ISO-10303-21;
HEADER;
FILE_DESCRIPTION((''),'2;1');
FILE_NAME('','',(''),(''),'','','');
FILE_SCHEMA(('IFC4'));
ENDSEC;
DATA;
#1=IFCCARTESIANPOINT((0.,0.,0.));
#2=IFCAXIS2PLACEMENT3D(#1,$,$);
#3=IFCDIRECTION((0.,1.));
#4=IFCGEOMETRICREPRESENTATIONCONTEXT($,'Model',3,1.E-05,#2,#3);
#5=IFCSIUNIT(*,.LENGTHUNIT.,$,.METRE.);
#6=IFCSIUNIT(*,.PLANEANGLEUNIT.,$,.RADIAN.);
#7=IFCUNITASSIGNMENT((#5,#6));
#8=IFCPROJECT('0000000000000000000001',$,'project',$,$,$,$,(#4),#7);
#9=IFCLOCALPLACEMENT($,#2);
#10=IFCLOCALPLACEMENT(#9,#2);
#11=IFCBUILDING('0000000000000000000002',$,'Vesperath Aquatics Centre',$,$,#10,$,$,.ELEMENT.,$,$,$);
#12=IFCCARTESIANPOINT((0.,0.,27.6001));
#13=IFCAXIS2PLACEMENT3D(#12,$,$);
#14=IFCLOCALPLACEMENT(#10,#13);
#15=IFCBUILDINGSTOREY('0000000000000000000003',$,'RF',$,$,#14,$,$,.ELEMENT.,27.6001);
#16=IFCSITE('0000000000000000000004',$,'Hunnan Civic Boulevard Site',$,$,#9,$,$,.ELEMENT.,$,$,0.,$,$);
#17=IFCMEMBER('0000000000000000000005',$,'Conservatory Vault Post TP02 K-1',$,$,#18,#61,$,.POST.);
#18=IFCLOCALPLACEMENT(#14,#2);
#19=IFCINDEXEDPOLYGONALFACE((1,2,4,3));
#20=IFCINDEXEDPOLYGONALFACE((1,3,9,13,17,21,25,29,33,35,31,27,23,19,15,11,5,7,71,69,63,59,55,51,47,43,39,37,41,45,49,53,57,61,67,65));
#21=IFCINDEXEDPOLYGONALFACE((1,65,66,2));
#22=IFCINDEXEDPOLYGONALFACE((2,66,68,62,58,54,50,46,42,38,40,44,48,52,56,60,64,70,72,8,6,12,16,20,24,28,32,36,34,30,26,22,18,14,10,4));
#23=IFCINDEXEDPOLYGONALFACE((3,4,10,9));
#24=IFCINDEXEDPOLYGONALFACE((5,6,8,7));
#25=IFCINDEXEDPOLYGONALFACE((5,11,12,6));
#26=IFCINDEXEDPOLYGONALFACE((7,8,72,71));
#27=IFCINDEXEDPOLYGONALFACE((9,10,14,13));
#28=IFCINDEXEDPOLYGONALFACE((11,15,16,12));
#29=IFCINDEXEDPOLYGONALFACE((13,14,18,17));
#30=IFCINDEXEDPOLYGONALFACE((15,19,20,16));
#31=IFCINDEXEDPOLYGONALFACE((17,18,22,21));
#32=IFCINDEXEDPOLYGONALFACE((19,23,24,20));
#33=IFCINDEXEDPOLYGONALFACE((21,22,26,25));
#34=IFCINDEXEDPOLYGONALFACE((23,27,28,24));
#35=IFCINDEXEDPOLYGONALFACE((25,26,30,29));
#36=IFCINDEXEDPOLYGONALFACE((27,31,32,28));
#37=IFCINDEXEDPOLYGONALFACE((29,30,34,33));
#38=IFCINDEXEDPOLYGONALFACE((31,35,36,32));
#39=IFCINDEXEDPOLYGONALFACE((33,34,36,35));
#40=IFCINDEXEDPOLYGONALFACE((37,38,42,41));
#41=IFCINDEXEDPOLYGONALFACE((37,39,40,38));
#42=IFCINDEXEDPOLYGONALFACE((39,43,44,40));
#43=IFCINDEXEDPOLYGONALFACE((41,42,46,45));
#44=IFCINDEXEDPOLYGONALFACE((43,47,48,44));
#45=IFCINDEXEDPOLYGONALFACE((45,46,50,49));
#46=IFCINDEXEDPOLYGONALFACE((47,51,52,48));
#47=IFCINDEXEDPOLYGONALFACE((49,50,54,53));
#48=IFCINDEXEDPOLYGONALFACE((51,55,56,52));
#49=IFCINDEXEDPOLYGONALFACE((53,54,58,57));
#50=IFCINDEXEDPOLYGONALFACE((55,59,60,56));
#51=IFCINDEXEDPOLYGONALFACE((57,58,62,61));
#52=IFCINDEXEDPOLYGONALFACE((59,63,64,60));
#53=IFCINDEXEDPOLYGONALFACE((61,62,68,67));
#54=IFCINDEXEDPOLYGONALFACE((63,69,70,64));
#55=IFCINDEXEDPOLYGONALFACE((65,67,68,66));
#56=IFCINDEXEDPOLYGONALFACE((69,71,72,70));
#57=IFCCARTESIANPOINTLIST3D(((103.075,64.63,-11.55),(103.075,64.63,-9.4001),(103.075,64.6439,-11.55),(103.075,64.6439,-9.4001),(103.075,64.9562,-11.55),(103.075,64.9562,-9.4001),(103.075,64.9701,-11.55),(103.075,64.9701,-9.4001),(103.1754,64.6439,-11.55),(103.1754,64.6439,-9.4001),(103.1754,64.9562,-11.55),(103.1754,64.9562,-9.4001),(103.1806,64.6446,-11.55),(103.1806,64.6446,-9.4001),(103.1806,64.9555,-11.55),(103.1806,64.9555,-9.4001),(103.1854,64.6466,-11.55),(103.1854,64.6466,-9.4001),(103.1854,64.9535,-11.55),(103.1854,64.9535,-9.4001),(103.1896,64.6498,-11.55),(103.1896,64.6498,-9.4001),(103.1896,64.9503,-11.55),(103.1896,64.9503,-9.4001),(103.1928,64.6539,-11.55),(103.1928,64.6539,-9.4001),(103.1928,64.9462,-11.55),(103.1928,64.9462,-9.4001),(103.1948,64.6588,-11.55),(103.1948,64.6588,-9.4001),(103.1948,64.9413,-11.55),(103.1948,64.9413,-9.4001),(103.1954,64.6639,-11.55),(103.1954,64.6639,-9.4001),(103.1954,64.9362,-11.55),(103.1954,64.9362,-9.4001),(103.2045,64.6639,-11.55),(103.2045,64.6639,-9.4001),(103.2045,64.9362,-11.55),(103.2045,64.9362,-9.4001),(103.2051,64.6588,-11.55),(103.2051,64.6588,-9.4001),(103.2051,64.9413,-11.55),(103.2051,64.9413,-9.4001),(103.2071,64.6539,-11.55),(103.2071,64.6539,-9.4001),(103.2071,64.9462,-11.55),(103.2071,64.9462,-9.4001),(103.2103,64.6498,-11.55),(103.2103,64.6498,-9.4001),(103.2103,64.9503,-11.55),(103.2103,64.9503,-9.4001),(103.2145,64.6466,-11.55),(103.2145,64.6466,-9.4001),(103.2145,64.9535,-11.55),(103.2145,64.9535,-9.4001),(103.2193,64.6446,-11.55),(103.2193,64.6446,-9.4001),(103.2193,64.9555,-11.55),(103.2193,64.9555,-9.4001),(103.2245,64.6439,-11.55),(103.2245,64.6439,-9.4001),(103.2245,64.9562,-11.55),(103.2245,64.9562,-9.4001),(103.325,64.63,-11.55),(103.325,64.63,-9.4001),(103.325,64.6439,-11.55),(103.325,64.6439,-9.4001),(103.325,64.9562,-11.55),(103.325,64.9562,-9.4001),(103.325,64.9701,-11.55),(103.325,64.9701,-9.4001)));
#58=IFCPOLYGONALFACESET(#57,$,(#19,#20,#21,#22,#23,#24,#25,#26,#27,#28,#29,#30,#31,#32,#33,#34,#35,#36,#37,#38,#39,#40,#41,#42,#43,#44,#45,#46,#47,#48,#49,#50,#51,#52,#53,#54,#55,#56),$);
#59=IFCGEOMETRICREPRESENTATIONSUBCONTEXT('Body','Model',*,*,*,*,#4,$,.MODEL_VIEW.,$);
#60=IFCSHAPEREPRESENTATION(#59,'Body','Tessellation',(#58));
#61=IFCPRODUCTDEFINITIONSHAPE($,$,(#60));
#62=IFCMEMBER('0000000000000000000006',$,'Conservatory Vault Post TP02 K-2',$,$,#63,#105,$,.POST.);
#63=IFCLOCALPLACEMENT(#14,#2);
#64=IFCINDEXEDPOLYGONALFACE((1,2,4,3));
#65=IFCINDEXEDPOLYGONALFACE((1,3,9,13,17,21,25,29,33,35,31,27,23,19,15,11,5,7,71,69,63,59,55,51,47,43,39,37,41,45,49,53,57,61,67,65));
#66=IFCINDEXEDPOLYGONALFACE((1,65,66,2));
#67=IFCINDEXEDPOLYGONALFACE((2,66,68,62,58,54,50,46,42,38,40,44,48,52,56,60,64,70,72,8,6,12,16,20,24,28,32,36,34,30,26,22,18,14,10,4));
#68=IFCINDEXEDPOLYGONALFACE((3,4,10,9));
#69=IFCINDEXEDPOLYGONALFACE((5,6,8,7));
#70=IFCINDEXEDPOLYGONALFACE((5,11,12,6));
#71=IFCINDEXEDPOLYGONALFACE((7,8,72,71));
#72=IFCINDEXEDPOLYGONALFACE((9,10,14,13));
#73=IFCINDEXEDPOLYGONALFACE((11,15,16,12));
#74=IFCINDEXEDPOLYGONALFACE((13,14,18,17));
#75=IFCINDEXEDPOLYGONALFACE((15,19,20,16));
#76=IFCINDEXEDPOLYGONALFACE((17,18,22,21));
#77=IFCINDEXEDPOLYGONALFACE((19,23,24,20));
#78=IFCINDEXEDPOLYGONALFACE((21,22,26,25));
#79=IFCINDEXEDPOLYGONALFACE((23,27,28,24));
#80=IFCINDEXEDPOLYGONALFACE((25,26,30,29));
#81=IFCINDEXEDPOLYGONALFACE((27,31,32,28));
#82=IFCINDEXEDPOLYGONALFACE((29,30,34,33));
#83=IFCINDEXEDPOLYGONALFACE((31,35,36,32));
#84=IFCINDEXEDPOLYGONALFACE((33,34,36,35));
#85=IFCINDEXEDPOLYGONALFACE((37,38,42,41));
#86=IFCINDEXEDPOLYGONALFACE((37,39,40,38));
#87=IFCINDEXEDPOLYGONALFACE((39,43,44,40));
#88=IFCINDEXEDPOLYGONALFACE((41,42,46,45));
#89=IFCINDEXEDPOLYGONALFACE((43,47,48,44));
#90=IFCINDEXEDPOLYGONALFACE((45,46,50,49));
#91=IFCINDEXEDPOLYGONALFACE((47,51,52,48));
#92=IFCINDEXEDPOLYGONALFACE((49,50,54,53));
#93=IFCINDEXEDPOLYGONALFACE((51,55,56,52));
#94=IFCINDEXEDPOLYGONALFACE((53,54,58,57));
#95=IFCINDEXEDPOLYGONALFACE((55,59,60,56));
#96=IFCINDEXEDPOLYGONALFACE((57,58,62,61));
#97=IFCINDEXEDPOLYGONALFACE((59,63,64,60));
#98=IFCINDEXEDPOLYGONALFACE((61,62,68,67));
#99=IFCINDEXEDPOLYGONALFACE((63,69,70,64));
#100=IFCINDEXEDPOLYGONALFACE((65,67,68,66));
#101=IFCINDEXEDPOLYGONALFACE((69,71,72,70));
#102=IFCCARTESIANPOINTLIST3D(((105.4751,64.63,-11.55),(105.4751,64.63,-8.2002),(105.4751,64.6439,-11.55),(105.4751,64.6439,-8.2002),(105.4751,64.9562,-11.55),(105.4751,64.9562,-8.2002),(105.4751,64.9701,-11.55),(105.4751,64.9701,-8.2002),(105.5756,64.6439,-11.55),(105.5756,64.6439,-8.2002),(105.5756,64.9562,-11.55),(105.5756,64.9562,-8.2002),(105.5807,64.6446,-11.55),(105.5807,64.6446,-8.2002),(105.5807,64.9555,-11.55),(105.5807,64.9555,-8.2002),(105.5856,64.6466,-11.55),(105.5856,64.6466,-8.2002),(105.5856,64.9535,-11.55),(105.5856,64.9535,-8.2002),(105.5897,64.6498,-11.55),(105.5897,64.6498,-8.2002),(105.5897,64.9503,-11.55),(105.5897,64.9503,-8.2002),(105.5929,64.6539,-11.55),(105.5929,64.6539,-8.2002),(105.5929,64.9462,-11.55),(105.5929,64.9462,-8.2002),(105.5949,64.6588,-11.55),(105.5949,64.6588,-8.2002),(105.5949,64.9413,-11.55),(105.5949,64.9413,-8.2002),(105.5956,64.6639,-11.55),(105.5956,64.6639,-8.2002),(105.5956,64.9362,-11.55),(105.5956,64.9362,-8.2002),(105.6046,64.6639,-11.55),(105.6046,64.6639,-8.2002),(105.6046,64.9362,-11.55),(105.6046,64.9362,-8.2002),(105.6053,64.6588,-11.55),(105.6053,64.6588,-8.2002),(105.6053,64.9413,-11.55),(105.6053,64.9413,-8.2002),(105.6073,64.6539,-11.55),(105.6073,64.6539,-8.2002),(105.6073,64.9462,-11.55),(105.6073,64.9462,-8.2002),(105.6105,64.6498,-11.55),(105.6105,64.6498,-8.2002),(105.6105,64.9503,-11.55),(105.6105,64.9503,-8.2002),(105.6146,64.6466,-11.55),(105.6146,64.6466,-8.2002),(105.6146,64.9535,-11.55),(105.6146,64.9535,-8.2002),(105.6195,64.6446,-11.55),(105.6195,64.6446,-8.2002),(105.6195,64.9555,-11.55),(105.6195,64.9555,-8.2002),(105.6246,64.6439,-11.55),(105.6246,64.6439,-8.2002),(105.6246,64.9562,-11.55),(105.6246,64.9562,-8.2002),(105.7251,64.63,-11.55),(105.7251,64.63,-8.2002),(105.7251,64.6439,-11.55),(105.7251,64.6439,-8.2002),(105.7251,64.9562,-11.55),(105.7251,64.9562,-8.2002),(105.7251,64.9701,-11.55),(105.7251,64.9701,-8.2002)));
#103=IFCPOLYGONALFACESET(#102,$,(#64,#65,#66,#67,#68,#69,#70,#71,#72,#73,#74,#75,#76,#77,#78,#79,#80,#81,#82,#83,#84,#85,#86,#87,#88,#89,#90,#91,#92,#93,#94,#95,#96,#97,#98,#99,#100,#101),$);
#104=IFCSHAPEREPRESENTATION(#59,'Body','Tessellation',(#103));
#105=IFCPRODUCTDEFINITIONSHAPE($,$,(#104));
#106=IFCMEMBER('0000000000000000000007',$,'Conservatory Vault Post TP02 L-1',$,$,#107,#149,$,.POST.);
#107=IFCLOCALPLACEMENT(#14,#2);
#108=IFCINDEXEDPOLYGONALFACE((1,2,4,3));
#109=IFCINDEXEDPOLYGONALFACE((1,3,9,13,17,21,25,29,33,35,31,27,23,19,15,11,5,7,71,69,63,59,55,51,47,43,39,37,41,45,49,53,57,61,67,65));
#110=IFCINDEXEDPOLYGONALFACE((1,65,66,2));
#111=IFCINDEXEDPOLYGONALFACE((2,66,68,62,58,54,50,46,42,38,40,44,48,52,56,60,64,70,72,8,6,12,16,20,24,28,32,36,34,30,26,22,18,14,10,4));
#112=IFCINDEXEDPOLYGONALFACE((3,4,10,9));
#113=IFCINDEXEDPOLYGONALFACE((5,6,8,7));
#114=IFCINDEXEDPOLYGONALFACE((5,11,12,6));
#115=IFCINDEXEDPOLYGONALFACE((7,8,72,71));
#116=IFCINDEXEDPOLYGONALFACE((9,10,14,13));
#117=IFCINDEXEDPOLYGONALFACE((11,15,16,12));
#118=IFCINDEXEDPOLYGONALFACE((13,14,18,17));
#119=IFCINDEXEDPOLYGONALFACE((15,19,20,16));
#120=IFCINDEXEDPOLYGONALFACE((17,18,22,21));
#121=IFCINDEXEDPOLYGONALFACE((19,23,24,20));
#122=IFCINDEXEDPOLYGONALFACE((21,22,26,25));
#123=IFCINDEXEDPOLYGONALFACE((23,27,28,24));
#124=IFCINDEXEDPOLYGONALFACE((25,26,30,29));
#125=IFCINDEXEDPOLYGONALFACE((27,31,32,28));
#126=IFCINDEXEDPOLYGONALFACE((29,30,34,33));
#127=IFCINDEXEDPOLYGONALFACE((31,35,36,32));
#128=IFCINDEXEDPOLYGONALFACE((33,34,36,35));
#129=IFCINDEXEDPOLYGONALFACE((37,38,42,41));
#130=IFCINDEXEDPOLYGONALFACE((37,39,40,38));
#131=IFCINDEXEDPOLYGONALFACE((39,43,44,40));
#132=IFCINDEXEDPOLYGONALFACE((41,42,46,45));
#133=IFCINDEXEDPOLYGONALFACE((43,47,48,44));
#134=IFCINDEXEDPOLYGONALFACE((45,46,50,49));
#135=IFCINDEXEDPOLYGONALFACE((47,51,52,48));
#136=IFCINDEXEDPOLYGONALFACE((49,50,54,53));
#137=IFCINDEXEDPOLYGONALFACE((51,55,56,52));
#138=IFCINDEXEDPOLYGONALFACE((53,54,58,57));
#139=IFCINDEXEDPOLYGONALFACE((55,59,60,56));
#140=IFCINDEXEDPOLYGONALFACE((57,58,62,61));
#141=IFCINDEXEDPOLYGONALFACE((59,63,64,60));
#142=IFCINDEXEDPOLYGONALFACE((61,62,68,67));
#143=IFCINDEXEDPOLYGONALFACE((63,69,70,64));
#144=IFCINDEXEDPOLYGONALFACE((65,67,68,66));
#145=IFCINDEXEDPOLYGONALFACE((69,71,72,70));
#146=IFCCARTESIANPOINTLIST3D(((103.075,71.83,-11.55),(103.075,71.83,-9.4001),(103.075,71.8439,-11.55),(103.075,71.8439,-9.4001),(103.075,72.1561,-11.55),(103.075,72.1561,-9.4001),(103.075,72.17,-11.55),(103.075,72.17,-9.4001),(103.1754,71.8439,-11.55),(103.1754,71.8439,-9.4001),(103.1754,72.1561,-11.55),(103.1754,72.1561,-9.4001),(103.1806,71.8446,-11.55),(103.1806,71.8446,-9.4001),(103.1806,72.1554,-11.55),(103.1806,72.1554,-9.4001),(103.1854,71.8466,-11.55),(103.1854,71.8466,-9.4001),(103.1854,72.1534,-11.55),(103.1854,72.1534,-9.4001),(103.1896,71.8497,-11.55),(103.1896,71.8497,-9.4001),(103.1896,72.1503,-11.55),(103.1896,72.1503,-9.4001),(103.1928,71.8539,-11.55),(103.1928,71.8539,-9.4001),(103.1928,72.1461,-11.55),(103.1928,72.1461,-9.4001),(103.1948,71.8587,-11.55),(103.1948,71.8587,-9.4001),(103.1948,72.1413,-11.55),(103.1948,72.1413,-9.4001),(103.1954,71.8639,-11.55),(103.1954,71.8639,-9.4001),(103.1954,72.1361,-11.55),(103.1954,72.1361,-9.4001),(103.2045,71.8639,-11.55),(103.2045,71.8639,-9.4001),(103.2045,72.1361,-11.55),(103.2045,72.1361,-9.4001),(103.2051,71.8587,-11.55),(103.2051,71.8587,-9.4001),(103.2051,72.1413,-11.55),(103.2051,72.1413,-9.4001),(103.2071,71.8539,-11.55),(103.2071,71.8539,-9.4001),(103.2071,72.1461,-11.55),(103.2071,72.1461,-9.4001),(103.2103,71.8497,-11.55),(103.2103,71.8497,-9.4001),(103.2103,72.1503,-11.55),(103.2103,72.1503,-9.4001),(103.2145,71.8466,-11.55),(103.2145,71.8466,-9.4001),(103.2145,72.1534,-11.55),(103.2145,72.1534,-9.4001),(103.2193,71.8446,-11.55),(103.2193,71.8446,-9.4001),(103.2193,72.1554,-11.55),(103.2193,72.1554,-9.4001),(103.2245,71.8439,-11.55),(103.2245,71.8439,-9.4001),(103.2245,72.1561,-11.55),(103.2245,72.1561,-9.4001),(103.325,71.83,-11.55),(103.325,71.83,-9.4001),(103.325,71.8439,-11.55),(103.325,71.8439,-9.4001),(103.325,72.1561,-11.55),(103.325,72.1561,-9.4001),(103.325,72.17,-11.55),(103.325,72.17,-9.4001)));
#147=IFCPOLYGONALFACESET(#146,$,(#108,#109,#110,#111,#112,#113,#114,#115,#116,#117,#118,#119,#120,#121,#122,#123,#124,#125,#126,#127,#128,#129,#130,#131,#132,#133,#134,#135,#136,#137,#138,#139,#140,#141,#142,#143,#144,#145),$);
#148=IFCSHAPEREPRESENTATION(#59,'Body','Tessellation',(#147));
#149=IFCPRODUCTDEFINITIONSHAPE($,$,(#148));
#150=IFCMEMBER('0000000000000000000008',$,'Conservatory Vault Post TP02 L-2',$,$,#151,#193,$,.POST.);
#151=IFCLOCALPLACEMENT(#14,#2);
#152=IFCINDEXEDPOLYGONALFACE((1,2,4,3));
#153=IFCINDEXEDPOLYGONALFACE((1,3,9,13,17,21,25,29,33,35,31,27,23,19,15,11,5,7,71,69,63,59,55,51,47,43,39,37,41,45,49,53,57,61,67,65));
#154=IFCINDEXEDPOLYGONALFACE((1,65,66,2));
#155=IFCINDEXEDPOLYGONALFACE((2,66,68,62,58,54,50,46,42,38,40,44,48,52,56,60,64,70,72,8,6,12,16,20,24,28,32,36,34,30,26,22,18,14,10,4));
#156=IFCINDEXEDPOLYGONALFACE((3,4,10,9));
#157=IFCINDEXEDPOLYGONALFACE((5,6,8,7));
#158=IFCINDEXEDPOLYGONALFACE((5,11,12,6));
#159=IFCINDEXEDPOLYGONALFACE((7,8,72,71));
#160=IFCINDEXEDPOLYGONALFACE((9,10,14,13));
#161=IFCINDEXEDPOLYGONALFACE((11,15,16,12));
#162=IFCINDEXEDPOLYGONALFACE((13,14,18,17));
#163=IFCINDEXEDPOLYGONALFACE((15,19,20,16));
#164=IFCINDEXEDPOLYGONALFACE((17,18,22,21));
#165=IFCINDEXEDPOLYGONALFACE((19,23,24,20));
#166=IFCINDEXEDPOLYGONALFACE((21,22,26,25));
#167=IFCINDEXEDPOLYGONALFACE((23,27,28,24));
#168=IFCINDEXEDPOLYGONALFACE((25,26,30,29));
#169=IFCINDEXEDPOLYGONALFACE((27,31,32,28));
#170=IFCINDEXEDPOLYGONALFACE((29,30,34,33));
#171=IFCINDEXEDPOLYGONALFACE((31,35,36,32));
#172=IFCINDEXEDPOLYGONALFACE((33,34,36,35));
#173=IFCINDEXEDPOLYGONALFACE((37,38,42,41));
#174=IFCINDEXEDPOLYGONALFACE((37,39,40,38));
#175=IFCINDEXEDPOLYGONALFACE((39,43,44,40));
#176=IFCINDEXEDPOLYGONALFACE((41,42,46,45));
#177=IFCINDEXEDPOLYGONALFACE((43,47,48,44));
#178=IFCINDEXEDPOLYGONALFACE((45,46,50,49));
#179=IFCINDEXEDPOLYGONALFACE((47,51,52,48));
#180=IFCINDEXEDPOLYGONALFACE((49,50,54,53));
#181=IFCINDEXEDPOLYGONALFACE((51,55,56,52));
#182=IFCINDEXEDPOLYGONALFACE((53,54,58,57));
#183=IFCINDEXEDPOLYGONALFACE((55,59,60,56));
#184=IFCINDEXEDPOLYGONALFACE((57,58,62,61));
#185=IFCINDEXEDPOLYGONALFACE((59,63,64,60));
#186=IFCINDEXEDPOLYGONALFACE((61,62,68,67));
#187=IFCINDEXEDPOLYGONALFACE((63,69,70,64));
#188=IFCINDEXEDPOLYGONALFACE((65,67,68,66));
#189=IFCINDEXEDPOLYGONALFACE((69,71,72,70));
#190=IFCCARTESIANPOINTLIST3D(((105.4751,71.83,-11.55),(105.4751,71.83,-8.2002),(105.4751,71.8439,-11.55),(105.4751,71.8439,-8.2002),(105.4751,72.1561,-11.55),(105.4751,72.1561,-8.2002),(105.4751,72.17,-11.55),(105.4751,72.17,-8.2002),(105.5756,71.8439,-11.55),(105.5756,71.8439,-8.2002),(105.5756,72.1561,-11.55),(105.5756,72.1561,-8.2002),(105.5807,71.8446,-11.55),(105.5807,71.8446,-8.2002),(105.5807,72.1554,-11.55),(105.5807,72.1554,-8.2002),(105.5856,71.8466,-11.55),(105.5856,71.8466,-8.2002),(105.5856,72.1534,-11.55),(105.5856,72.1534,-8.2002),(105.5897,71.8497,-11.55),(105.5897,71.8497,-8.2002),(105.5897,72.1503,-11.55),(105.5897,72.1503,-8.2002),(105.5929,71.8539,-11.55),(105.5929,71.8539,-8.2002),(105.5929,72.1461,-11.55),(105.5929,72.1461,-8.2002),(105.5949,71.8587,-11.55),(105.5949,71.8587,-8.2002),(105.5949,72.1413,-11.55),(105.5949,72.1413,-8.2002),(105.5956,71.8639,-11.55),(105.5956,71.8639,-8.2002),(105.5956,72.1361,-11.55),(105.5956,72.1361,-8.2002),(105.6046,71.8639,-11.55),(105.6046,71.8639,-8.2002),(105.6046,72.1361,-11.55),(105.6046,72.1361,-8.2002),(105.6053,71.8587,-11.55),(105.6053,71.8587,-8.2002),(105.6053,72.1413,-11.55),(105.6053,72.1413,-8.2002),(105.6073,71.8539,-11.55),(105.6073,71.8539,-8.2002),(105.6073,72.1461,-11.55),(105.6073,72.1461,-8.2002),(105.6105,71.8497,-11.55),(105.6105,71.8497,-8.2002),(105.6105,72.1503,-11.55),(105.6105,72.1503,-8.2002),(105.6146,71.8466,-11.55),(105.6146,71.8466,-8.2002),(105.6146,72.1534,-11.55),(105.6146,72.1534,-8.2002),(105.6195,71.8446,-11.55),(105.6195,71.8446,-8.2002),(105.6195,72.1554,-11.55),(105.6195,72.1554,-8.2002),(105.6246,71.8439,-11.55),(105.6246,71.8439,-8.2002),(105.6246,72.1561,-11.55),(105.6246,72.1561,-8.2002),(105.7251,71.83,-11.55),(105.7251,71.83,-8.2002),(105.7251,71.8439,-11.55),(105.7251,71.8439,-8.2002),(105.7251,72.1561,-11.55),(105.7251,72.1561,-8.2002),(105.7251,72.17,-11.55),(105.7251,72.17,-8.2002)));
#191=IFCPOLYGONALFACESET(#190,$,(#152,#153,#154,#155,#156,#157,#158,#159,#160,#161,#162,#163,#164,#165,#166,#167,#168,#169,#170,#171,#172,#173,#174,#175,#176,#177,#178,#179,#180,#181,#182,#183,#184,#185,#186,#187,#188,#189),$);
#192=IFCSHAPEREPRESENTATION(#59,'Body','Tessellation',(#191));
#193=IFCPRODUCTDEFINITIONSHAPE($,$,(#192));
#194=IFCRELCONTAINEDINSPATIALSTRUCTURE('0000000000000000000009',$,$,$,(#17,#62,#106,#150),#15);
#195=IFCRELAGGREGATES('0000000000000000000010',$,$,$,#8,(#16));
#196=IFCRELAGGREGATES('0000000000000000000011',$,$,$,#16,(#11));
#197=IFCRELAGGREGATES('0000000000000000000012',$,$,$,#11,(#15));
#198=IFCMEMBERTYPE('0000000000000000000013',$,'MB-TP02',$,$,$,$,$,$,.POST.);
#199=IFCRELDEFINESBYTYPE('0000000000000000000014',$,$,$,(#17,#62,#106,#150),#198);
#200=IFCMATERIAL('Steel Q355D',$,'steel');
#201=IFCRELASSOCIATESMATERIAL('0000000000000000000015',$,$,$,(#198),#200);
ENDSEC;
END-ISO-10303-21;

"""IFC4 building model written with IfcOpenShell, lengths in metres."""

from ifc_helpers import new_model, si_unit, direction, frame, origin, origin_2d, place, context, subcontext, project, spatial, i_section, extrude, material, material_profile, profile_set, type_object, element, save


model = new_model("IFC4")

# Units and contexts
model_context = context("Model", 3, precision=1e-05, world=origin(), true_north=direction((0.0, 1.0)))
body_context = subcontext(model_context, "Body", "Model", "MODEL_VIEW")
ifc_project = project(units=[si_unit("LENGTHUNIT", "METRE"), si_unit("PLANEANGLEUNIT", "RADIAN")], contexts=[model_context])

# Site, building, storey
site_placement = place(None, origin())
site = spatial("IfcSite", under=ifc_project, at=site_placement, Name="Hunnan Civic Boulevard Site", CompositionType="ELEMENT", RefElevation=0.0)
building_placement = place(site_placement, origin())
building = spatial("IfcBuilding", under=site, at=building_placement, Name="Vesperath Aquatics Centre", CompositionType="ELEMENT")
storey_placement = place(building_placement, frame((0.0, 0.0, 27.6001)))
storey = spatial("IfcBuildingStorey", under=building, at=storey_placement, Name="RF", CompositionType="ELEMENT", Elevation=27.6001)

# Shared definitions
ifc_material_1 = material(Name="Steel Q355D", Category="steel")

# Members
ifc_material_profile_1 = material_profile(ifc_material_1, i_section(OverallWidth=0.25, OverallDepth=0.3401, WebThickness=0.009, FlangeThickness=0.0139, FilletRadius=0.02, at=origin_2d()), Name="HM 340x250x9x14")
ifc_profile_set_1 = profile_set([ifc_material_profile_1], Name="Steel Q355D")
member_type_1 = type_object("IfcMemberType", Name="MB-TP02", PredefinedType="POST", material=ifc_profile_set_1)
member_1_placement = place(storey_placement, frame((103.2, 64.8, -11.55), z_axis=(0.0, 0.0, 1.0), x_axis=(1.0, 0.0, 0.0)))
element("IfcMember", 1, at=member_1_placement, inside=storey, type_object=member_type_1, Name="Conservatory Vault Post TP02 K-1", PredefinedType="POST", context=body_context, shape_type="SweptSolid", body=[
    extrude(i_section(OverallWidth=0.25, OverallDepth=0.3401, WebThickness=0.009, FlangeThickness=0.0139, FilletRadius=0.02, at=origin_2d()), origin(), (0.0, 0.0, 1.0), 2.1499),
])
member_2_placement = place(storey_placement, frame((105.6001, 64.8, -11.55), z_axis=(0.0, 0.0, 1.0), x_axis=(1.0, 0.0, 0.0)))
element("IfcMember", 2, at=member_2_placement, inside=storey, type_object=member_type_1, Name="Conservatory Vault Post TP02 K-2", PredefinedType="POST", context=body_context, shape_type="SweptSolid", body=[
    extrude(i_section(OverallWidth=0.25, OverallDepth=0.3401, WebThickness=0.009, FlangeThickness=0.0139, FilletRadius=0.02, at=origin_2d()), origin(), (0.0, 0.0, 1.0), 3.3499),
])
member_3_placement = place(storey_placement, frame((103.2, 72.0, -11.55), z_axis=(0.0, 0.0, 1.0), x_axis=(1.0, 0.0, 0.0)))
element("IfcMember", 3, at=member_3_placement, inside=storey, type_object=member_type_1, Name="Conservatory Vault Post TP02 L-1", PredefinedType="POST", context=body_context, shape_type="SweptSolid", body=[
    extrude(i_section(OverallWidth=0.25, OverallDepth=0.3401, WebThickness=0.009, FlangeThickness=0.0139, FilletRadius=0.02, at=origin_2d()), origin(), (0.0, 0.0, 1.0), 2.1499),
])
member_4_placement = place(storey_placement, frame((105.6001, 72.0, -11.55), z_axis=(0.0, 0.0, 1.0), x_axis=(1.0, 0.0, 0.0)))
element("IfcMember", 4, at=member_4_placement, inside=storey, type_object=member_type_1, Name="Conservatory Vault Post TP02 L-2", PredefinedType="POST", context=body_context, shape_type="SweptSolid", body=[
    extrude(i_section(OverallWidth=0.25, OverallDepth=0.3401, WebThickness=0.009, FlangeThickness=0.0139, FilletRadius=0.02, at=origin_2d()), origin(), (0.0, 0.0, 1.0), 3.3499),
])

save(model, "model.ifc")
